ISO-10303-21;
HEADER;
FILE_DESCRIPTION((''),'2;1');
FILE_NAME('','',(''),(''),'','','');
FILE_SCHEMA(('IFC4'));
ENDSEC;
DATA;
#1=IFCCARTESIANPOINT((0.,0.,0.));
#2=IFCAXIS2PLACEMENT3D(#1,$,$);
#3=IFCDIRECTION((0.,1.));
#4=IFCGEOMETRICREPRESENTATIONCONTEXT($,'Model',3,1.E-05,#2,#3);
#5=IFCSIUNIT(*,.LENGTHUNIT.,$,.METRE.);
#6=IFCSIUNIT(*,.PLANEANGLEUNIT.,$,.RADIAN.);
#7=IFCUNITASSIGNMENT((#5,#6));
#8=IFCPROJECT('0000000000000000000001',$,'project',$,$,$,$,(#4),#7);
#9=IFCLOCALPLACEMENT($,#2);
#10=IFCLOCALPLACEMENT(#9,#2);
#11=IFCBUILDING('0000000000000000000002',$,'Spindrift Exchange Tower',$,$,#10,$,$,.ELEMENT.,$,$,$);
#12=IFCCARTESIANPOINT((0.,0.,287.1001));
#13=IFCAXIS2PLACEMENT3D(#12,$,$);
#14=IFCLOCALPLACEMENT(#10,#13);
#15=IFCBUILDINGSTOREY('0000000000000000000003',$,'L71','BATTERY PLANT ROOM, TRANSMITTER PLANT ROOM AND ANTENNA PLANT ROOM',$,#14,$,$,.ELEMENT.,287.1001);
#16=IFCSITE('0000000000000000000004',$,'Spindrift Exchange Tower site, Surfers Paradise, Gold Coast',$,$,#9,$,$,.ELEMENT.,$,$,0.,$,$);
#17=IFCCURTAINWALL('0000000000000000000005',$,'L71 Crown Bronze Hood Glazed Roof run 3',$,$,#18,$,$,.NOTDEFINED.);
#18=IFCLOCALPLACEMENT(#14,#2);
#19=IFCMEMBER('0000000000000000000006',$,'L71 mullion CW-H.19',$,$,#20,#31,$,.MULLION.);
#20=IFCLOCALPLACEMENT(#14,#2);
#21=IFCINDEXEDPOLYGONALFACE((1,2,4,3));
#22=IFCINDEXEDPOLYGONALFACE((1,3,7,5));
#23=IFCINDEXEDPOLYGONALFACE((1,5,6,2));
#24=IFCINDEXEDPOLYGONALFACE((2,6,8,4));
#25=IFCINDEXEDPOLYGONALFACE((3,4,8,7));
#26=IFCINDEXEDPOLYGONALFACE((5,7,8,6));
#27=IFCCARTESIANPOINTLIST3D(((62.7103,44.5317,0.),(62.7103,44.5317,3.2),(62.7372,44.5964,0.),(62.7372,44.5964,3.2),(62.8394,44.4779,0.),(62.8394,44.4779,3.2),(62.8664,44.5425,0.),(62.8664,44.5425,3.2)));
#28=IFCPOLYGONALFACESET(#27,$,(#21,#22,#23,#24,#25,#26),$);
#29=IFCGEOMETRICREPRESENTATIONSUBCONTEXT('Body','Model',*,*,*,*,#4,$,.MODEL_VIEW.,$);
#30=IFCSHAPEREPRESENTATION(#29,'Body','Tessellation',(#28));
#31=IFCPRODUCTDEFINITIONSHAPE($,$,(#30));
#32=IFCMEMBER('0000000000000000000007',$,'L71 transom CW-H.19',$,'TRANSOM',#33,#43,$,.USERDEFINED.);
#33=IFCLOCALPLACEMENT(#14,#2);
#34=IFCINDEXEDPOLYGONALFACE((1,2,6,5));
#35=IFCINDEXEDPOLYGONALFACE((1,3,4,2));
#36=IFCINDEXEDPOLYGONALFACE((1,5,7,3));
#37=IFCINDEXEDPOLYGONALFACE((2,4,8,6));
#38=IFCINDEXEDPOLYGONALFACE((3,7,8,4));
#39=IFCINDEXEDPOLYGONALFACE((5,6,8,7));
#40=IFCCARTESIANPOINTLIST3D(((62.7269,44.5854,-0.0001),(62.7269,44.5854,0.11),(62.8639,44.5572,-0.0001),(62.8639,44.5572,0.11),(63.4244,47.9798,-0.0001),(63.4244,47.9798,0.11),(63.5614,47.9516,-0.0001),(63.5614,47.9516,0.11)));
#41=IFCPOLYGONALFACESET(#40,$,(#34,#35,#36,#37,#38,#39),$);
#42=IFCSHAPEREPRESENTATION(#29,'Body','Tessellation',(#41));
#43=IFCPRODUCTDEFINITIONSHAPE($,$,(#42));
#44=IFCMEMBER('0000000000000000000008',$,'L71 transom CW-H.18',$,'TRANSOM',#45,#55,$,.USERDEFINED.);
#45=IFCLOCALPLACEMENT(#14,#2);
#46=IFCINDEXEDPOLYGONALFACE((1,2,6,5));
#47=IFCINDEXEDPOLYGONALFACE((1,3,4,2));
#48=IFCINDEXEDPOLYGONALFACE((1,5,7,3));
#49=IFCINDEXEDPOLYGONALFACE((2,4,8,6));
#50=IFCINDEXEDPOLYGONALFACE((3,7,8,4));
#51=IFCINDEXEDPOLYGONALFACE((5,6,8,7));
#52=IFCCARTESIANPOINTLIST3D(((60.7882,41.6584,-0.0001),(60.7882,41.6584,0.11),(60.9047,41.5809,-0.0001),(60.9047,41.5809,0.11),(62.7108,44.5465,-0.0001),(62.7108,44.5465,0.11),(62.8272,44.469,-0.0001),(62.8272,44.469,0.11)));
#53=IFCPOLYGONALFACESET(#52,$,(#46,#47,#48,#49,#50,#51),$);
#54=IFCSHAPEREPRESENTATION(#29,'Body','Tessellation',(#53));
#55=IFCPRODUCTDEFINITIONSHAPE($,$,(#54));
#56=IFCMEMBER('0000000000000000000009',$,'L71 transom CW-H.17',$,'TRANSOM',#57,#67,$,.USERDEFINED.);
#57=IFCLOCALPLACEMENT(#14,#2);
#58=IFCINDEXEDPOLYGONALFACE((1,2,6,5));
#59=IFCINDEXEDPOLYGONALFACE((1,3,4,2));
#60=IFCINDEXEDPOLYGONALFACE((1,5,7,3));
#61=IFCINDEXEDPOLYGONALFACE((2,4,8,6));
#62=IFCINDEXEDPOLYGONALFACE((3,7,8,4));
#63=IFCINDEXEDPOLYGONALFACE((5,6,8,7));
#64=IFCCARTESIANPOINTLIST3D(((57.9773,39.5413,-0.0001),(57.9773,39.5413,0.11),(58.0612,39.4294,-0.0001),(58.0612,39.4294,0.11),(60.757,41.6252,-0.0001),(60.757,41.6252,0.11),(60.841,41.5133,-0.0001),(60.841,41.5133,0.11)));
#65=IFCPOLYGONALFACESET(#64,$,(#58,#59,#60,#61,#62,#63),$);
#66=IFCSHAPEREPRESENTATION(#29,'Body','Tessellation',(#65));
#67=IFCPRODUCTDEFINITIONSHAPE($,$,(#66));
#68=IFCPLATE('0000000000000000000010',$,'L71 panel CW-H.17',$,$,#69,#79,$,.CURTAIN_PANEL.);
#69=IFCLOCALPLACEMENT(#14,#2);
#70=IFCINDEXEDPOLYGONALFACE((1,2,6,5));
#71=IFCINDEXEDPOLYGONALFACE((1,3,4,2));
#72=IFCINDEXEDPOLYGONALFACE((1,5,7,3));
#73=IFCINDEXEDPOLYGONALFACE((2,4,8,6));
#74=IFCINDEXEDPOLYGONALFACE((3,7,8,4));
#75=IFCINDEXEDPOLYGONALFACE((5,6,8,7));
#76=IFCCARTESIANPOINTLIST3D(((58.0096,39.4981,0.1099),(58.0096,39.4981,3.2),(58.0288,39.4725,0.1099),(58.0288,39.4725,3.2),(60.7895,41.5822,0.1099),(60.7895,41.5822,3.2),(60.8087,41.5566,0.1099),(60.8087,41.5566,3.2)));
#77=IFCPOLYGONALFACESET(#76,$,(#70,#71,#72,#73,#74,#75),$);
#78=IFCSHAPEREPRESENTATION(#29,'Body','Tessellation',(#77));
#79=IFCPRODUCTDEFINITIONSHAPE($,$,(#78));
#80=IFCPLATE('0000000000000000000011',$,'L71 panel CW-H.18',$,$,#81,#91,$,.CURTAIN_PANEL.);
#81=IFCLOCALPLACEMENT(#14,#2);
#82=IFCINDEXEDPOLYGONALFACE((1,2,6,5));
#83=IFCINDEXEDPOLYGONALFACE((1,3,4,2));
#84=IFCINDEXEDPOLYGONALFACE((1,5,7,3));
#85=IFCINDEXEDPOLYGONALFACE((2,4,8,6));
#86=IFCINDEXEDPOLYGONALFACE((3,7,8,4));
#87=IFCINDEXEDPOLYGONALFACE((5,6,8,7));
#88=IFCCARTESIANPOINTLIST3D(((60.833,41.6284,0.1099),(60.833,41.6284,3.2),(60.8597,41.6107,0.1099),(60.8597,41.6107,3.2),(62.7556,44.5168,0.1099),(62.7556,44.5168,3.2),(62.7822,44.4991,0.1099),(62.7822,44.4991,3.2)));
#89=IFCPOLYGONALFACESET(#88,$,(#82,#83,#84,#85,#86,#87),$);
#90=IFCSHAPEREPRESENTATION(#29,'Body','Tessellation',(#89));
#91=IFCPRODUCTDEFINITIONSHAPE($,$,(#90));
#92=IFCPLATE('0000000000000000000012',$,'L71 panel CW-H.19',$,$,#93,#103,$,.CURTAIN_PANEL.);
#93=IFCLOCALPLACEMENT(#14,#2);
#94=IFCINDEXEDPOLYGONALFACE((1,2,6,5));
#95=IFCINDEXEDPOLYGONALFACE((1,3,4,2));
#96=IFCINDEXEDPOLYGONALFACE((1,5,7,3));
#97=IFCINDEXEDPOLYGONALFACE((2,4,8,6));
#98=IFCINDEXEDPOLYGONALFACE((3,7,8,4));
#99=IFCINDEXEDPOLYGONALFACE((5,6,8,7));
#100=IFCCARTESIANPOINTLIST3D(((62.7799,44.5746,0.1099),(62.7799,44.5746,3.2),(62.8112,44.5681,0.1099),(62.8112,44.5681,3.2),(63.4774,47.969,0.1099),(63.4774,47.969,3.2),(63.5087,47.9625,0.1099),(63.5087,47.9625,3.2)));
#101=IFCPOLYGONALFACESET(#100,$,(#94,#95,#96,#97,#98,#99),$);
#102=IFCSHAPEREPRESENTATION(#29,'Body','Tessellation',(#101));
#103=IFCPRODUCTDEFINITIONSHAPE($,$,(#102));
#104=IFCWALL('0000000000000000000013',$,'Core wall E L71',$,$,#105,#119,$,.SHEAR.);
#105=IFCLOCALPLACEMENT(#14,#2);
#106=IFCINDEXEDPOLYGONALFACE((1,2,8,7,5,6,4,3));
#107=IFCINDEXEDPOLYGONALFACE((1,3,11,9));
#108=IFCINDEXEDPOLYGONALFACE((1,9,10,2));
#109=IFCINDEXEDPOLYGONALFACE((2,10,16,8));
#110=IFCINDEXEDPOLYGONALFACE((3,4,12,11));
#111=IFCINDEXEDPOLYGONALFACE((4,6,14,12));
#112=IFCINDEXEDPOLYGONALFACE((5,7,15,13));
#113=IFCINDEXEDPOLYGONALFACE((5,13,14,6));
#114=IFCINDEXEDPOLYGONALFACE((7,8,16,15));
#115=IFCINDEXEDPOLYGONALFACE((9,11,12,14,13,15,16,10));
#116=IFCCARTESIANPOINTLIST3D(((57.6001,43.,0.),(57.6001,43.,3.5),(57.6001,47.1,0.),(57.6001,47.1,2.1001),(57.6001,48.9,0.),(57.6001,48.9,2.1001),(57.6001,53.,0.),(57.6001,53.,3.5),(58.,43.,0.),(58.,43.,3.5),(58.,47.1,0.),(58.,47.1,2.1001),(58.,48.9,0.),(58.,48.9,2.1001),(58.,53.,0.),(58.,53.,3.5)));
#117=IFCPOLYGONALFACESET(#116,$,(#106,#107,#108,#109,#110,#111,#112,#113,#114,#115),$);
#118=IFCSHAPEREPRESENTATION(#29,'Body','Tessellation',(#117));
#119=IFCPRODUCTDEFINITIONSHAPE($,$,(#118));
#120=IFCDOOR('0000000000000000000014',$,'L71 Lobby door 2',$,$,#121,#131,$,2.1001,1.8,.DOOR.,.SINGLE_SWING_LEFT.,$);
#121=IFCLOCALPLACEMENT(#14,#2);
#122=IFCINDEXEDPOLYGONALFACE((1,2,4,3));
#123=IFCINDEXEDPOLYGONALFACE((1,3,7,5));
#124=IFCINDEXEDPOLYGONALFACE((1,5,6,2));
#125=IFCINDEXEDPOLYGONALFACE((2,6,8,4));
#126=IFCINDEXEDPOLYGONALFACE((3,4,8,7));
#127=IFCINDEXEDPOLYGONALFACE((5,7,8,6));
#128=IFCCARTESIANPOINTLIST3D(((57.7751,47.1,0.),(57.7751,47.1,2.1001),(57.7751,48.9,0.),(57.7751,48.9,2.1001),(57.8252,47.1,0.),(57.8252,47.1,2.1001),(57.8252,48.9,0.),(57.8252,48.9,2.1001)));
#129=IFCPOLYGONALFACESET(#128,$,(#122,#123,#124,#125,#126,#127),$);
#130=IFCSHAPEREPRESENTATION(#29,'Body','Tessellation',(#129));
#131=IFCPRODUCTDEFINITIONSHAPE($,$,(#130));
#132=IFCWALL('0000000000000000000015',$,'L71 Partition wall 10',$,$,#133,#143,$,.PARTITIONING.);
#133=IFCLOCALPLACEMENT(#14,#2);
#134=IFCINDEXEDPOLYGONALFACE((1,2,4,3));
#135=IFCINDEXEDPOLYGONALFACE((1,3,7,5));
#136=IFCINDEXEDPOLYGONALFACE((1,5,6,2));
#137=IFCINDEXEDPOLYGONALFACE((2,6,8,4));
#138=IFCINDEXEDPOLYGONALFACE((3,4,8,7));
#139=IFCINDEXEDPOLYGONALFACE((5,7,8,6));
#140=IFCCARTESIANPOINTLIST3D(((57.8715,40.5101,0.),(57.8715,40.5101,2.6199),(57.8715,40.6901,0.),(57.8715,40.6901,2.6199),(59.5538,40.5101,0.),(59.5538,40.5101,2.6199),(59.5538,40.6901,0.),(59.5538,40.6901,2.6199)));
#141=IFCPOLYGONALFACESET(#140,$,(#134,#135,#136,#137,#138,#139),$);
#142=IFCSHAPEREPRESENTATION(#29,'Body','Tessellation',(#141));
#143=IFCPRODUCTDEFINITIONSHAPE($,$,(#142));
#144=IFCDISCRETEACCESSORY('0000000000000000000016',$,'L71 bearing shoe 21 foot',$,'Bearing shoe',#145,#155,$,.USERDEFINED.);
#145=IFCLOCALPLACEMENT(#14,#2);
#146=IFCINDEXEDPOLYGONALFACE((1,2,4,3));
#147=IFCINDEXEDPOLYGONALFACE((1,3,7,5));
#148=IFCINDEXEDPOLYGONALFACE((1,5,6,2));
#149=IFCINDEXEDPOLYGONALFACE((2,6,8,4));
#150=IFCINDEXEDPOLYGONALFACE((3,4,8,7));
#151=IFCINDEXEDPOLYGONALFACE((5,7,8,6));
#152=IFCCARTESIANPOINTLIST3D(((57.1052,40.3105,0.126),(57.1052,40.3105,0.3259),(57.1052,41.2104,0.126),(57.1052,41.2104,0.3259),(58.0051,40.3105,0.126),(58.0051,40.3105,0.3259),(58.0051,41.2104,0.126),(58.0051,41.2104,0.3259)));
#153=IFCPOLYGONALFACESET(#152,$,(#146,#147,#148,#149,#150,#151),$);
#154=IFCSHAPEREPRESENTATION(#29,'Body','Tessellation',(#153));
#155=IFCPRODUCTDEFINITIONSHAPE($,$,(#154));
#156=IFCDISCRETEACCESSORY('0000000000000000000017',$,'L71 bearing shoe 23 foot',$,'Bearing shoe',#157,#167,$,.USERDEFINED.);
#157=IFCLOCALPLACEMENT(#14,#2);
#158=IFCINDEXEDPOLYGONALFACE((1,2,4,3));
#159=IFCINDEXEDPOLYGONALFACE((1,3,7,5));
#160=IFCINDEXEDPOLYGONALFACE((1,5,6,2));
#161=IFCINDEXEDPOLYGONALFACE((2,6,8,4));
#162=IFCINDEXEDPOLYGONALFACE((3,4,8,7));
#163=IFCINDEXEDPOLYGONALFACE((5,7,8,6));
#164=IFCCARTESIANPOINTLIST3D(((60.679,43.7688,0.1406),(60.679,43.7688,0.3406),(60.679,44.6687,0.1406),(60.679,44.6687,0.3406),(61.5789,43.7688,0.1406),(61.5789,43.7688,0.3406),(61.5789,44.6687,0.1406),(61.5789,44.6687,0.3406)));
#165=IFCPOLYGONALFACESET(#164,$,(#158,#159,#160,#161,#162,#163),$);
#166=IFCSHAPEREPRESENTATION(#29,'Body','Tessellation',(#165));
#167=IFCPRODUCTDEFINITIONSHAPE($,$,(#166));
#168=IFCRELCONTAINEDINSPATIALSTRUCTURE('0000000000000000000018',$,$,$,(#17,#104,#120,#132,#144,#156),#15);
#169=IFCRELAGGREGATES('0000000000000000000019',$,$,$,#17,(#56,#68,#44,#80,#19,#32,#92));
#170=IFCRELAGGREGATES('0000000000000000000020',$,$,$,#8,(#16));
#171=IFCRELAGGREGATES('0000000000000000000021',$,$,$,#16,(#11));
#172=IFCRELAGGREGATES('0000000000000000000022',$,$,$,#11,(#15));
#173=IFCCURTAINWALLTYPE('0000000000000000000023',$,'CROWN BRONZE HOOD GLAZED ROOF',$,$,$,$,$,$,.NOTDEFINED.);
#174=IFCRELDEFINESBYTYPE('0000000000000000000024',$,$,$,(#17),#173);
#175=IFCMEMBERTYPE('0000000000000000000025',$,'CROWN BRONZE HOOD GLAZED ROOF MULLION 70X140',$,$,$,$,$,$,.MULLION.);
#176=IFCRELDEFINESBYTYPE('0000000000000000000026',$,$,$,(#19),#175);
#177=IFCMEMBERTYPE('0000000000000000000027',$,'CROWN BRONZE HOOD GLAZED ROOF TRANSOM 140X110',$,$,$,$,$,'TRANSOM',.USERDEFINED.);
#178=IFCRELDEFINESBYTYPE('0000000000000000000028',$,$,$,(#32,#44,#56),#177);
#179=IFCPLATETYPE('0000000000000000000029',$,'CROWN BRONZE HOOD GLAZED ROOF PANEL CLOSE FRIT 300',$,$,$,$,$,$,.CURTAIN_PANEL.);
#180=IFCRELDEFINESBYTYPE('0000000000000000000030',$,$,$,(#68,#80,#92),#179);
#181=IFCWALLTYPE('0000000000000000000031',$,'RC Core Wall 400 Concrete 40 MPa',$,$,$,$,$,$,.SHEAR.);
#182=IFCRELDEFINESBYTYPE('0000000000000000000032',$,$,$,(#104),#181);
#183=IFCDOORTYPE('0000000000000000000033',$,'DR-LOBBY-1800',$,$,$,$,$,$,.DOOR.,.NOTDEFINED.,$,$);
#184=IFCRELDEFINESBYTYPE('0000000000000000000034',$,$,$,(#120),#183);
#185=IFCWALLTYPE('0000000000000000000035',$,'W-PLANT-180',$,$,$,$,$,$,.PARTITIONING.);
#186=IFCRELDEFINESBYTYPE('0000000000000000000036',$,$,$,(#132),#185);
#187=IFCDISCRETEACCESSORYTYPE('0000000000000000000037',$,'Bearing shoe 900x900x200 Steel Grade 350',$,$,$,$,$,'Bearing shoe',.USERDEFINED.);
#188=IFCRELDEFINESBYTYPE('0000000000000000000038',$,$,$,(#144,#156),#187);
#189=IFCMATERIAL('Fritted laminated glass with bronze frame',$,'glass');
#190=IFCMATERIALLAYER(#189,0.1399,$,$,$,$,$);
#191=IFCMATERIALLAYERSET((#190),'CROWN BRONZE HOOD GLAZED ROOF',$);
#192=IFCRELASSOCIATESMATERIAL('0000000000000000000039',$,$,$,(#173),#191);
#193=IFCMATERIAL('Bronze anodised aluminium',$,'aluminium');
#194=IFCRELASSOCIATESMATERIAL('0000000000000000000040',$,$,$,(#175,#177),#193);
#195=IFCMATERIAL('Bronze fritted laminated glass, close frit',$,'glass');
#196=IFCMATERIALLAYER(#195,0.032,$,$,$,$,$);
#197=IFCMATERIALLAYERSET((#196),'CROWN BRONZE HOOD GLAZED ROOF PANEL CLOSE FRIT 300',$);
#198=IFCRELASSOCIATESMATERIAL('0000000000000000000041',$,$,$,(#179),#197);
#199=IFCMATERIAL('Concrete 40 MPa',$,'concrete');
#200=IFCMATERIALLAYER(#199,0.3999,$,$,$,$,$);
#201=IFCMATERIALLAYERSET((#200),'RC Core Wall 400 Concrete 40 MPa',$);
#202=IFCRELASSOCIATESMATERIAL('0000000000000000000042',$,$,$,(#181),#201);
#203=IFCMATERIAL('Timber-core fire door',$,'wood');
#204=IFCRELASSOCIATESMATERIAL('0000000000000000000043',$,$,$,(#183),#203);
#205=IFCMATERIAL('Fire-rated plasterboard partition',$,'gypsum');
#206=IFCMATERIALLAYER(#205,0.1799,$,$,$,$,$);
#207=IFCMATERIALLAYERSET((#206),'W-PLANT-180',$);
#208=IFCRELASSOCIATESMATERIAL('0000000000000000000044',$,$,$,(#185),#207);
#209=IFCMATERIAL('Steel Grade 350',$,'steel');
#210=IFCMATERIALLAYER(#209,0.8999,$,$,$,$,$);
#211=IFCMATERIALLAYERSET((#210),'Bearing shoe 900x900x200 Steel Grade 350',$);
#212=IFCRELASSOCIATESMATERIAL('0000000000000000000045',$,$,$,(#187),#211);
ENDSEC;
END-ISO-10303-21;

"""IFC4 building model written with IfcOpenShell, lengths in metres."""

from ifc_helpers import new_model, si_unit, direction, frame, frame_2d, origin, origin_2d, place, context, subcontext, project, spatial, rectangle, extrude, source, transform, mapped, material, layer, layer_set, material_profile, profile_set, type_object, element, fill, aggregate, save


model = new_model("IFC4")

# Units and contexts
model_context = context("Model", 3, precision=1e-05, world=origin(), true_north=direction((0.0, 1.0)))
body_context = subcontext(model_context, "Body", "Model", "MODEL_VIEW")
ifc_project = project(units=[si_unit("LENGTHUNIT", "METRE"), si_unit("PLANEANGLEUNIT", "RADIAN")], contexts=[model_context])

# Site, building, storey
site_placement = place(None, origin())
site = spatial("IfcSite", under=ifc_project, at=site_placement, Name="Spindrift Exchange Tower site, Surfers Paradise, Gold Coast", CompositionType="ELEMENT", RefElevation=0.0)
building_placement = place(site_placement, origin())
building = spatial("IfcBuilding", under=site, at=building_placement, Name="Spindrift Exchange Tower", CompositionType="ELEMENT")
storey_placement = place(building_placement, frame((0.0, 0.0, 287.1001)))
storey = spatial("IfcBuildingStorey", under=building, at=storey_placement, Name="L71", Description="BATTERY PLANT ROOM, TRANSMITTER PLANT ROOM AND ANTENNA PLANT ROOM", CompositionType="ELEMENT", Elevation=287.1001)

# Shared definitions
ifc_material_1 = material(Name="Concrete 40 MPa", Category="concrete")

# Shared definitions
ifc_material_2 = material(Name="Fritted laminated glass with bronze frame", Category="glass")
ifc_layer_1 = layer(ifc_material_2, 0.1399)
ifc_layer_set_1 = layer_set([ifc_layer_1], Name="CROWN BRONZE HOOD GLAZED ROOF")
curtain_wall_type = type_object("IfcCurtainWallType", Name="CROWN BRONZE HOOD GLAZED ROOF", PredefinedType="NOTDEFINED", material=ifc_layer_set_1)
ifc_material_3 = material(Name="Bronze anodised aluminium", Category="aluminium")
ifc_material_profile_1 = material_profile(ifc_material_3, rectangle(XDim=0.0701, YDim=0.1399, at=origin_2d()), Name="CROWN BRONZE HOOD GLAZED ROOF MULLION 70X140")
ifc_profile_set_1 = profile_set([ifc_material_profile_1], Name="Bronze anodised aluminium")
member_type_1 = type_object("IfcMemberType", Name="CROWN BRONZE HOOD GLAZED ROOF MULLION 70X140", PredefinedType="MULLION", material=ifc_profile_set_1)
shared_shape_1 = source(origin(), body_context, "Body", "SweptSolid", [
    extrude(rectangle(XDim=0.0701, YDim=0.1399, at=origin_2d()), origin(), (0.0, 0.0, 1.0), 3.2),
])

# Curtain wall, members, plates
curtain_wall_1_placement = place(storey_placement, origin())
curtain_wall_1 = element("IfcCurtainWall", 1, at=curtain_wall_1_placement, inside=storey, type_object=curtain_wall_type, Name="L71 Crown Bronze Hood Glazed Roof run 3", PredefinedType="NOTDEFINED")
member_1_placement = place(storey_placement, frame((62.7883, 44.5371, 0.0), z_axis=(0.0, 0.0, 1.0), x_axis=(0.38478, 0.923008, 0.0)))
member_1 = element("IfcMember", 2, at=member_1_placement, type_object=member_type_1, Name="L71 mullion CW-H.19", PredefinedType="MULLION", context=body_context, shape_type="MappedRepresentation", body=[
    mapped(shared_shape_1, transform((0.0, 0.0, 0.0), scale=1.0)),
])
ifc_material_profile_2 = material_profile(ifc_material_3, rectangle(XDim=0.1399, YDim=0.1101, at=origin_2d()), Name="CROWN BRONZE HOOD GLAZED ROOF TRANSOM 140X110")
ifc_profile_set_2 = profile_set([ifc_material_profile_2], Name="Bronze anodised aluminium")
member_type_2 = type_object("IfcMemberType", Name="CROWN BRONZE HOOD GLAZED ROOF TRANSOM 140X110", ElementType="TRANSOM", PredefinedType="USERDEFINED", material=ifc_profile_set_2)
shared_shape_2 = source(origin(), body_context, "Body", "SweptSolid", [
    extrude(rectangle(XDim=0.1399, YDim=0.1101, at=origin_2d()), origin(), (0.0, 0.0, 1.0), 3.4653),
])
member_2_placement = place(storey_placement, frame((62.7954, 44.5713, 0.0549), z_axis=(0.201275, 0.979535, 0.0), x_axis=(-0.979535, 0.201275, 0.0)))
member_2 = element("IfcMember", 3, at=member_2_placement, type_object=member_type_2, Name="L71 transom CW-H.19", ObjectType="TRANSOM", PredefinedType="USERDEFINED", context=body_context, shape_type="MappedRepresentation", body=[
    mapped(shared_shape_2, transform((0.0, 0.0, 0.0), scale=1.0)),
])
shared_shape_3 = source(origin(), body_context, "Body", "SweptSolid", [
    extrude(rectangle(XDim=0.1399, YDim=0.1101, at=origin_2d()), origin(), (0.0, 0.0, 1.0), 3.4695),
])
member_3_placement = place(storey_placement, frame((60.8464, 41.6196, 0.0549), z_axis=(0.554132, 0.832429, 0.0), x_axis=(-0.832429, 0.554132, 0.0)))
member_3 = element("IfcMember", 4, at=member_3_placement, type_object=member_type_2, Name="L71 transom CW-H.18", ObjectType="TRANSOM", PredefinedType="USERDEFINED", context=body_context, shape_type="MappedRepresentation", body=[
    mapped(shared_shape_3, transform((0.0, 0.0, 0.0), scale=1.0)),
])
shared_shape_4 = source(origin(), body_context, "Body", "SweptSolid", [
    extrude(rectangle(XDim=0.1399, YDim=0.1101, at=origin_2d()), origin(), (0.0, 0.0, 1.0), 3.4741),
])
member_4_placement = place(storey_placement, frame((58.0193, 39.4854, 0.0549), z_axis=(0.800118, 0.599843, 0.0), x_axis=(-0.599843, 0.800118, 0.0)))
member_4 = element("IfcMember", 5, at=member_4_placement, type_object=member_type_2, Name="L71 transom CW-H.17", ObjectType="TRANSOM", PredefinedType="USERDEFINED", context=body_context, shape_type="MappedRepresentation", body=[
    mapped(shared_shape_4, transform((0.0, 0.0, 0.0), scale=1.0)),
])
ifc_material_4 = material(Name="Bronze fritted laminated glass, close frit", Category="glass")
ifc_layer_2 = layer(ifc_material_4, 0.032)
ifc_layer_set_2 = layer_set([ifc_layer_2], Name="CROWN BRONZE HOOD GLAZED ROOF PANEL CLOSE FRIT 300")
plate_type = type_object("IfcPlateType", Name="CROWN BRONZE HOOD GLAZED ROOF PANEL CLOSE FRIT 300", PredefinedType="CURTAIN_PANEL", material=ifc_layer_set_2)
shared_shape_5 = source(origin(), body_context, "Body", "SweptSolid", [
    extrude(rectangle(XDim=3.4744, YDim=0.032, at=origin_2d()), origin(), (0.0, 0.0, 1.0), 3.0901),
])
plate_1_placement = place(storey_placement, frame((59.4092, 40.5273, 0.1099), z_axis=(0.0, 0.0, 1.0), x_axis=(0.800112, 0.599851, 0.0)))
plate_1 = element("IfcPlate", 6, at=plate_1_placement, type_object=plate_type, Name="L71 panel CW-H.17", PredefinedType="CURTAIN_PANEL", context=body_context, shape_type="MappedRepresentation", body=[
    mapped(shared_shape_5, transform((0.0, 0.0, 0.0), scale=1.0)),
])
shared_shape_6 = source(origin(), body_context, "Body", "SweptSolid", [
    extrude(rectangle(XDim=3.4697, YDim=0.032, at=origin_2d()), origin(), (0.0, 0.0, 1.0), 3.0901),
])
plate_2_placement = place(storey_placement, frame((61.8076, 43.0637, 0.1099), z_axis=(0.0, 0.0, 1.0), x_axis=(0.554094, 0.832454, 0.0)))
plate_2 = element("IfcPlate", 7, at=plate_2_placement, type_object=plate_type, Name="L71 panel CW-H.18", PredefinedType="CURTAIN_PANEL", context=body_context, shape_type="MappedRepresentation", body=[
    mapped(shared_shape_6, transform((0.0, 0.0, 0.0), scale=1.0)),
])
shared_shape_7 = source(origin(), body_context, "Body", "SweptSolid", [
    extrude(rectangle(XDim=3.4653, YDim=0.032, at=origin_2d()), origin(), (0.0, 0.0, 1.0), 3.0901),
])
plate_3_placement = place(storey_placement, frame((63.1443, 46.2686, 0.1099), z_axis=(0.0, 0.0, 1.0), x_axis=(0.201281, 0.979533, 0.0)))
plate_3 = element("IfcPlate", 8, at=plate_3_placement, type_object=plate_type, Name="L71 panel CW-H.19", PredefinedType="CURTAIN_PANEL", context=body_context, shape_type="MappedRepresentation", body=[
    mapped(shared_shape_7, transform((0.0, 0.0, 0.0), scale=1.0)),
])
aggregate(curtain_wall_1, [member_4, plate_1, member_3, plate_2, member_1, member_2, plate_3])

# Wall, opening, door
ifc_layer_3 = layer(ifc_material_1, 0.3999)
ifc_layer_set_3 = layer_set([ifc_layer_3], Name="RC Core Wall 400 Concrete 40 MPa")
wall_type_1 = type_object("IfcWallType", Name="RC Core Wall 400 Concrete 40 MPa", PredefinedType="SHEAR", material=ifc_layer_set_3)
wall_1_placement = place(storey_placement, frame((57.8, 43.0, 0.0), z_axis=(0.0, 0.0, 1.0), x_axis=(0.0, 1.0, 0.0)))
wall_1 = element("IfcWall", 9, at=wall_1_placement, inside=storey, type_object=wall_type_1, Name="Core wall E L71", PredefinedType="SHEAR", context=body_context, shape_type="SweptSolid", body=[
    extrude(rectangle(XDim=10.0, YDim=0.3999, at=frame_2d((5.0, 0.0))), origin(), (0.0, 0.0, 1.0), 3.5),
])
opening_placement = place(wall_1_placement, frame((4.1001, 0.0, 0.0)))
opening = element("IfcOpeningElement", 10, at=opening_placement, cuts=wall_1, PredefinedType="OPENING", context=body_context, shape_type="SweptSolid", body=[
    extrude(rectangle(XDim=1.8, YDim=2.1001, at=frame_2d((0.8999, 1.05))), frame((0.0, 0.21, 0.0), z_axis=(0.0, -1.0, 0.0), x_axis=(1.0, 0.0, 0.0)), (0.0, 0.0, 1.0), 0.4199),
])
ifc_material_5 = material(Name="Timber-core fire door", Category="wood")
door_type = type_object("IfcDoorType", Name="DR-LOBBY-1800", OperationType="NOTDEFINED", PredefinedType="DOOR", material=ifc_material_5)
shared_shape_8 = source(origin(), body_context, "Body", "SweptSolid", [
    extrude(rectangle(XDim=1.8, YDim=2.1001, at=frame_2d((0.8999, 1.05))), frame((0.0, 0.0249, 0.0), z_axis=(0.0, -1.0, 0.0), x_axis=(1.0, 0.0, 0.0)), (0.0, 0.0, 1.0), 0.05),
])
door_placement = place(opening_placement, origin())
door = element("IfcDoor", 11, at=door_placement, inside=storey, type_object=door_type, Name="L71 Lobby door 2", OperationType="SINGLE_SWING_LEFT", OverallHeight=2.1001, OverallWidth=1.8, PredefinedType="DOOR", context=body_context, shape_type="MappedRepresentation", body=[
    mapped(shared_shape_8, transform((0.0, 0.0, 0.0), scale=1.0)),
])
fill(opening, door)

# Wall
ifc_material_6 = material(Name="Fire-rated plasterboard partition", Category="gypsum")
ifc_layer_4 = layer(ifc_material_6, 0.1799)
ifc_layer_set_4 = layer_set([ifc_layer_4], Name="W-PLANT-180")
wall_type_2 = type_object("IfcWallType", Name="W-PLANT-180", PredefinedType="PARTITIONING", material=ifc_layer_set_4)
wall_2_placement = place(storey_placement, frame((57.8713, 40.6001, 0.0), z_axis=(0.0, 0.0, 1.0), x_axis=(1.0, 0.0, 0.0)))
element("IfcWall", 12, at=wall_2_placement, inside=storey, type_object=wall_type_2, Name="L71 Partition wall 10", PredefinedType="PARTITIONING", context=body_context, shape_type="SweptSolid", body=[
    extrude(rectangle(XDim=1.6824, YDim=0.1799, at=frame_2d((0.8413, 0.0))), origin(), (0.0, 0.0, 1.0), 2.6199),
])

# Discrete accessories
ifc_material_7 = material(Name="Steel Grade 350", Category="steel")
ifc_layer_5 = layer(ifc_material_7, 0.8999)
ifc_layer_set_5 = layer_set([ifc_layer_5], Name="Bearing shoe 900x900x200 Steel Grade 350")
discrete_accessory_type = type_object("IfcDiscreteAccessoryType", Name="Bearing shoe 900x900x200 Steel Grade 350", ElementType="Bearing shoe", PredefinedType="USERDEFINED", material=ifc_layer_set_5)
shared_shape_9 = source(origin(), body_context, "Body", "SweptSolid", [
    extrude(rectangle(XDim=0.8999, YDim=0.8999, at=origin_2d()), origin(), (0.0, 0.0, 1.0), 0.2),
])
for number, where, z_axis, x_axis, name in (
    (13, (57.5552, 40.7605, 0.126), (0.0, 0.0, 1.0), (1.0, 0.0, 0.0), "L71 bearing shoe 21 foot"),
    (14, (61.1289, 44.2188, 0.1406), (0.0, 0.0, 1.0), (1.0, 0.0, 0.0), "L71 bearing shoe 23 foot"),
):
    element("IfcDiscreteAccessory", number, at=place(storey_placement, frame(where, z_axis=z_axis, x_axis=x_axis)), inside=storey, type_object=discrete_accessory_type, Name=name, ObjectType="Bearing shoe", PredefinedType="USERDEFINED", context=body_context, shape_type="MappedRepresentation", body=[
        mapped(shared_shape_9, transform((0.0, 0.0, 0.0), scale=1.0)),
    ])

save(model, "model.ifc")
